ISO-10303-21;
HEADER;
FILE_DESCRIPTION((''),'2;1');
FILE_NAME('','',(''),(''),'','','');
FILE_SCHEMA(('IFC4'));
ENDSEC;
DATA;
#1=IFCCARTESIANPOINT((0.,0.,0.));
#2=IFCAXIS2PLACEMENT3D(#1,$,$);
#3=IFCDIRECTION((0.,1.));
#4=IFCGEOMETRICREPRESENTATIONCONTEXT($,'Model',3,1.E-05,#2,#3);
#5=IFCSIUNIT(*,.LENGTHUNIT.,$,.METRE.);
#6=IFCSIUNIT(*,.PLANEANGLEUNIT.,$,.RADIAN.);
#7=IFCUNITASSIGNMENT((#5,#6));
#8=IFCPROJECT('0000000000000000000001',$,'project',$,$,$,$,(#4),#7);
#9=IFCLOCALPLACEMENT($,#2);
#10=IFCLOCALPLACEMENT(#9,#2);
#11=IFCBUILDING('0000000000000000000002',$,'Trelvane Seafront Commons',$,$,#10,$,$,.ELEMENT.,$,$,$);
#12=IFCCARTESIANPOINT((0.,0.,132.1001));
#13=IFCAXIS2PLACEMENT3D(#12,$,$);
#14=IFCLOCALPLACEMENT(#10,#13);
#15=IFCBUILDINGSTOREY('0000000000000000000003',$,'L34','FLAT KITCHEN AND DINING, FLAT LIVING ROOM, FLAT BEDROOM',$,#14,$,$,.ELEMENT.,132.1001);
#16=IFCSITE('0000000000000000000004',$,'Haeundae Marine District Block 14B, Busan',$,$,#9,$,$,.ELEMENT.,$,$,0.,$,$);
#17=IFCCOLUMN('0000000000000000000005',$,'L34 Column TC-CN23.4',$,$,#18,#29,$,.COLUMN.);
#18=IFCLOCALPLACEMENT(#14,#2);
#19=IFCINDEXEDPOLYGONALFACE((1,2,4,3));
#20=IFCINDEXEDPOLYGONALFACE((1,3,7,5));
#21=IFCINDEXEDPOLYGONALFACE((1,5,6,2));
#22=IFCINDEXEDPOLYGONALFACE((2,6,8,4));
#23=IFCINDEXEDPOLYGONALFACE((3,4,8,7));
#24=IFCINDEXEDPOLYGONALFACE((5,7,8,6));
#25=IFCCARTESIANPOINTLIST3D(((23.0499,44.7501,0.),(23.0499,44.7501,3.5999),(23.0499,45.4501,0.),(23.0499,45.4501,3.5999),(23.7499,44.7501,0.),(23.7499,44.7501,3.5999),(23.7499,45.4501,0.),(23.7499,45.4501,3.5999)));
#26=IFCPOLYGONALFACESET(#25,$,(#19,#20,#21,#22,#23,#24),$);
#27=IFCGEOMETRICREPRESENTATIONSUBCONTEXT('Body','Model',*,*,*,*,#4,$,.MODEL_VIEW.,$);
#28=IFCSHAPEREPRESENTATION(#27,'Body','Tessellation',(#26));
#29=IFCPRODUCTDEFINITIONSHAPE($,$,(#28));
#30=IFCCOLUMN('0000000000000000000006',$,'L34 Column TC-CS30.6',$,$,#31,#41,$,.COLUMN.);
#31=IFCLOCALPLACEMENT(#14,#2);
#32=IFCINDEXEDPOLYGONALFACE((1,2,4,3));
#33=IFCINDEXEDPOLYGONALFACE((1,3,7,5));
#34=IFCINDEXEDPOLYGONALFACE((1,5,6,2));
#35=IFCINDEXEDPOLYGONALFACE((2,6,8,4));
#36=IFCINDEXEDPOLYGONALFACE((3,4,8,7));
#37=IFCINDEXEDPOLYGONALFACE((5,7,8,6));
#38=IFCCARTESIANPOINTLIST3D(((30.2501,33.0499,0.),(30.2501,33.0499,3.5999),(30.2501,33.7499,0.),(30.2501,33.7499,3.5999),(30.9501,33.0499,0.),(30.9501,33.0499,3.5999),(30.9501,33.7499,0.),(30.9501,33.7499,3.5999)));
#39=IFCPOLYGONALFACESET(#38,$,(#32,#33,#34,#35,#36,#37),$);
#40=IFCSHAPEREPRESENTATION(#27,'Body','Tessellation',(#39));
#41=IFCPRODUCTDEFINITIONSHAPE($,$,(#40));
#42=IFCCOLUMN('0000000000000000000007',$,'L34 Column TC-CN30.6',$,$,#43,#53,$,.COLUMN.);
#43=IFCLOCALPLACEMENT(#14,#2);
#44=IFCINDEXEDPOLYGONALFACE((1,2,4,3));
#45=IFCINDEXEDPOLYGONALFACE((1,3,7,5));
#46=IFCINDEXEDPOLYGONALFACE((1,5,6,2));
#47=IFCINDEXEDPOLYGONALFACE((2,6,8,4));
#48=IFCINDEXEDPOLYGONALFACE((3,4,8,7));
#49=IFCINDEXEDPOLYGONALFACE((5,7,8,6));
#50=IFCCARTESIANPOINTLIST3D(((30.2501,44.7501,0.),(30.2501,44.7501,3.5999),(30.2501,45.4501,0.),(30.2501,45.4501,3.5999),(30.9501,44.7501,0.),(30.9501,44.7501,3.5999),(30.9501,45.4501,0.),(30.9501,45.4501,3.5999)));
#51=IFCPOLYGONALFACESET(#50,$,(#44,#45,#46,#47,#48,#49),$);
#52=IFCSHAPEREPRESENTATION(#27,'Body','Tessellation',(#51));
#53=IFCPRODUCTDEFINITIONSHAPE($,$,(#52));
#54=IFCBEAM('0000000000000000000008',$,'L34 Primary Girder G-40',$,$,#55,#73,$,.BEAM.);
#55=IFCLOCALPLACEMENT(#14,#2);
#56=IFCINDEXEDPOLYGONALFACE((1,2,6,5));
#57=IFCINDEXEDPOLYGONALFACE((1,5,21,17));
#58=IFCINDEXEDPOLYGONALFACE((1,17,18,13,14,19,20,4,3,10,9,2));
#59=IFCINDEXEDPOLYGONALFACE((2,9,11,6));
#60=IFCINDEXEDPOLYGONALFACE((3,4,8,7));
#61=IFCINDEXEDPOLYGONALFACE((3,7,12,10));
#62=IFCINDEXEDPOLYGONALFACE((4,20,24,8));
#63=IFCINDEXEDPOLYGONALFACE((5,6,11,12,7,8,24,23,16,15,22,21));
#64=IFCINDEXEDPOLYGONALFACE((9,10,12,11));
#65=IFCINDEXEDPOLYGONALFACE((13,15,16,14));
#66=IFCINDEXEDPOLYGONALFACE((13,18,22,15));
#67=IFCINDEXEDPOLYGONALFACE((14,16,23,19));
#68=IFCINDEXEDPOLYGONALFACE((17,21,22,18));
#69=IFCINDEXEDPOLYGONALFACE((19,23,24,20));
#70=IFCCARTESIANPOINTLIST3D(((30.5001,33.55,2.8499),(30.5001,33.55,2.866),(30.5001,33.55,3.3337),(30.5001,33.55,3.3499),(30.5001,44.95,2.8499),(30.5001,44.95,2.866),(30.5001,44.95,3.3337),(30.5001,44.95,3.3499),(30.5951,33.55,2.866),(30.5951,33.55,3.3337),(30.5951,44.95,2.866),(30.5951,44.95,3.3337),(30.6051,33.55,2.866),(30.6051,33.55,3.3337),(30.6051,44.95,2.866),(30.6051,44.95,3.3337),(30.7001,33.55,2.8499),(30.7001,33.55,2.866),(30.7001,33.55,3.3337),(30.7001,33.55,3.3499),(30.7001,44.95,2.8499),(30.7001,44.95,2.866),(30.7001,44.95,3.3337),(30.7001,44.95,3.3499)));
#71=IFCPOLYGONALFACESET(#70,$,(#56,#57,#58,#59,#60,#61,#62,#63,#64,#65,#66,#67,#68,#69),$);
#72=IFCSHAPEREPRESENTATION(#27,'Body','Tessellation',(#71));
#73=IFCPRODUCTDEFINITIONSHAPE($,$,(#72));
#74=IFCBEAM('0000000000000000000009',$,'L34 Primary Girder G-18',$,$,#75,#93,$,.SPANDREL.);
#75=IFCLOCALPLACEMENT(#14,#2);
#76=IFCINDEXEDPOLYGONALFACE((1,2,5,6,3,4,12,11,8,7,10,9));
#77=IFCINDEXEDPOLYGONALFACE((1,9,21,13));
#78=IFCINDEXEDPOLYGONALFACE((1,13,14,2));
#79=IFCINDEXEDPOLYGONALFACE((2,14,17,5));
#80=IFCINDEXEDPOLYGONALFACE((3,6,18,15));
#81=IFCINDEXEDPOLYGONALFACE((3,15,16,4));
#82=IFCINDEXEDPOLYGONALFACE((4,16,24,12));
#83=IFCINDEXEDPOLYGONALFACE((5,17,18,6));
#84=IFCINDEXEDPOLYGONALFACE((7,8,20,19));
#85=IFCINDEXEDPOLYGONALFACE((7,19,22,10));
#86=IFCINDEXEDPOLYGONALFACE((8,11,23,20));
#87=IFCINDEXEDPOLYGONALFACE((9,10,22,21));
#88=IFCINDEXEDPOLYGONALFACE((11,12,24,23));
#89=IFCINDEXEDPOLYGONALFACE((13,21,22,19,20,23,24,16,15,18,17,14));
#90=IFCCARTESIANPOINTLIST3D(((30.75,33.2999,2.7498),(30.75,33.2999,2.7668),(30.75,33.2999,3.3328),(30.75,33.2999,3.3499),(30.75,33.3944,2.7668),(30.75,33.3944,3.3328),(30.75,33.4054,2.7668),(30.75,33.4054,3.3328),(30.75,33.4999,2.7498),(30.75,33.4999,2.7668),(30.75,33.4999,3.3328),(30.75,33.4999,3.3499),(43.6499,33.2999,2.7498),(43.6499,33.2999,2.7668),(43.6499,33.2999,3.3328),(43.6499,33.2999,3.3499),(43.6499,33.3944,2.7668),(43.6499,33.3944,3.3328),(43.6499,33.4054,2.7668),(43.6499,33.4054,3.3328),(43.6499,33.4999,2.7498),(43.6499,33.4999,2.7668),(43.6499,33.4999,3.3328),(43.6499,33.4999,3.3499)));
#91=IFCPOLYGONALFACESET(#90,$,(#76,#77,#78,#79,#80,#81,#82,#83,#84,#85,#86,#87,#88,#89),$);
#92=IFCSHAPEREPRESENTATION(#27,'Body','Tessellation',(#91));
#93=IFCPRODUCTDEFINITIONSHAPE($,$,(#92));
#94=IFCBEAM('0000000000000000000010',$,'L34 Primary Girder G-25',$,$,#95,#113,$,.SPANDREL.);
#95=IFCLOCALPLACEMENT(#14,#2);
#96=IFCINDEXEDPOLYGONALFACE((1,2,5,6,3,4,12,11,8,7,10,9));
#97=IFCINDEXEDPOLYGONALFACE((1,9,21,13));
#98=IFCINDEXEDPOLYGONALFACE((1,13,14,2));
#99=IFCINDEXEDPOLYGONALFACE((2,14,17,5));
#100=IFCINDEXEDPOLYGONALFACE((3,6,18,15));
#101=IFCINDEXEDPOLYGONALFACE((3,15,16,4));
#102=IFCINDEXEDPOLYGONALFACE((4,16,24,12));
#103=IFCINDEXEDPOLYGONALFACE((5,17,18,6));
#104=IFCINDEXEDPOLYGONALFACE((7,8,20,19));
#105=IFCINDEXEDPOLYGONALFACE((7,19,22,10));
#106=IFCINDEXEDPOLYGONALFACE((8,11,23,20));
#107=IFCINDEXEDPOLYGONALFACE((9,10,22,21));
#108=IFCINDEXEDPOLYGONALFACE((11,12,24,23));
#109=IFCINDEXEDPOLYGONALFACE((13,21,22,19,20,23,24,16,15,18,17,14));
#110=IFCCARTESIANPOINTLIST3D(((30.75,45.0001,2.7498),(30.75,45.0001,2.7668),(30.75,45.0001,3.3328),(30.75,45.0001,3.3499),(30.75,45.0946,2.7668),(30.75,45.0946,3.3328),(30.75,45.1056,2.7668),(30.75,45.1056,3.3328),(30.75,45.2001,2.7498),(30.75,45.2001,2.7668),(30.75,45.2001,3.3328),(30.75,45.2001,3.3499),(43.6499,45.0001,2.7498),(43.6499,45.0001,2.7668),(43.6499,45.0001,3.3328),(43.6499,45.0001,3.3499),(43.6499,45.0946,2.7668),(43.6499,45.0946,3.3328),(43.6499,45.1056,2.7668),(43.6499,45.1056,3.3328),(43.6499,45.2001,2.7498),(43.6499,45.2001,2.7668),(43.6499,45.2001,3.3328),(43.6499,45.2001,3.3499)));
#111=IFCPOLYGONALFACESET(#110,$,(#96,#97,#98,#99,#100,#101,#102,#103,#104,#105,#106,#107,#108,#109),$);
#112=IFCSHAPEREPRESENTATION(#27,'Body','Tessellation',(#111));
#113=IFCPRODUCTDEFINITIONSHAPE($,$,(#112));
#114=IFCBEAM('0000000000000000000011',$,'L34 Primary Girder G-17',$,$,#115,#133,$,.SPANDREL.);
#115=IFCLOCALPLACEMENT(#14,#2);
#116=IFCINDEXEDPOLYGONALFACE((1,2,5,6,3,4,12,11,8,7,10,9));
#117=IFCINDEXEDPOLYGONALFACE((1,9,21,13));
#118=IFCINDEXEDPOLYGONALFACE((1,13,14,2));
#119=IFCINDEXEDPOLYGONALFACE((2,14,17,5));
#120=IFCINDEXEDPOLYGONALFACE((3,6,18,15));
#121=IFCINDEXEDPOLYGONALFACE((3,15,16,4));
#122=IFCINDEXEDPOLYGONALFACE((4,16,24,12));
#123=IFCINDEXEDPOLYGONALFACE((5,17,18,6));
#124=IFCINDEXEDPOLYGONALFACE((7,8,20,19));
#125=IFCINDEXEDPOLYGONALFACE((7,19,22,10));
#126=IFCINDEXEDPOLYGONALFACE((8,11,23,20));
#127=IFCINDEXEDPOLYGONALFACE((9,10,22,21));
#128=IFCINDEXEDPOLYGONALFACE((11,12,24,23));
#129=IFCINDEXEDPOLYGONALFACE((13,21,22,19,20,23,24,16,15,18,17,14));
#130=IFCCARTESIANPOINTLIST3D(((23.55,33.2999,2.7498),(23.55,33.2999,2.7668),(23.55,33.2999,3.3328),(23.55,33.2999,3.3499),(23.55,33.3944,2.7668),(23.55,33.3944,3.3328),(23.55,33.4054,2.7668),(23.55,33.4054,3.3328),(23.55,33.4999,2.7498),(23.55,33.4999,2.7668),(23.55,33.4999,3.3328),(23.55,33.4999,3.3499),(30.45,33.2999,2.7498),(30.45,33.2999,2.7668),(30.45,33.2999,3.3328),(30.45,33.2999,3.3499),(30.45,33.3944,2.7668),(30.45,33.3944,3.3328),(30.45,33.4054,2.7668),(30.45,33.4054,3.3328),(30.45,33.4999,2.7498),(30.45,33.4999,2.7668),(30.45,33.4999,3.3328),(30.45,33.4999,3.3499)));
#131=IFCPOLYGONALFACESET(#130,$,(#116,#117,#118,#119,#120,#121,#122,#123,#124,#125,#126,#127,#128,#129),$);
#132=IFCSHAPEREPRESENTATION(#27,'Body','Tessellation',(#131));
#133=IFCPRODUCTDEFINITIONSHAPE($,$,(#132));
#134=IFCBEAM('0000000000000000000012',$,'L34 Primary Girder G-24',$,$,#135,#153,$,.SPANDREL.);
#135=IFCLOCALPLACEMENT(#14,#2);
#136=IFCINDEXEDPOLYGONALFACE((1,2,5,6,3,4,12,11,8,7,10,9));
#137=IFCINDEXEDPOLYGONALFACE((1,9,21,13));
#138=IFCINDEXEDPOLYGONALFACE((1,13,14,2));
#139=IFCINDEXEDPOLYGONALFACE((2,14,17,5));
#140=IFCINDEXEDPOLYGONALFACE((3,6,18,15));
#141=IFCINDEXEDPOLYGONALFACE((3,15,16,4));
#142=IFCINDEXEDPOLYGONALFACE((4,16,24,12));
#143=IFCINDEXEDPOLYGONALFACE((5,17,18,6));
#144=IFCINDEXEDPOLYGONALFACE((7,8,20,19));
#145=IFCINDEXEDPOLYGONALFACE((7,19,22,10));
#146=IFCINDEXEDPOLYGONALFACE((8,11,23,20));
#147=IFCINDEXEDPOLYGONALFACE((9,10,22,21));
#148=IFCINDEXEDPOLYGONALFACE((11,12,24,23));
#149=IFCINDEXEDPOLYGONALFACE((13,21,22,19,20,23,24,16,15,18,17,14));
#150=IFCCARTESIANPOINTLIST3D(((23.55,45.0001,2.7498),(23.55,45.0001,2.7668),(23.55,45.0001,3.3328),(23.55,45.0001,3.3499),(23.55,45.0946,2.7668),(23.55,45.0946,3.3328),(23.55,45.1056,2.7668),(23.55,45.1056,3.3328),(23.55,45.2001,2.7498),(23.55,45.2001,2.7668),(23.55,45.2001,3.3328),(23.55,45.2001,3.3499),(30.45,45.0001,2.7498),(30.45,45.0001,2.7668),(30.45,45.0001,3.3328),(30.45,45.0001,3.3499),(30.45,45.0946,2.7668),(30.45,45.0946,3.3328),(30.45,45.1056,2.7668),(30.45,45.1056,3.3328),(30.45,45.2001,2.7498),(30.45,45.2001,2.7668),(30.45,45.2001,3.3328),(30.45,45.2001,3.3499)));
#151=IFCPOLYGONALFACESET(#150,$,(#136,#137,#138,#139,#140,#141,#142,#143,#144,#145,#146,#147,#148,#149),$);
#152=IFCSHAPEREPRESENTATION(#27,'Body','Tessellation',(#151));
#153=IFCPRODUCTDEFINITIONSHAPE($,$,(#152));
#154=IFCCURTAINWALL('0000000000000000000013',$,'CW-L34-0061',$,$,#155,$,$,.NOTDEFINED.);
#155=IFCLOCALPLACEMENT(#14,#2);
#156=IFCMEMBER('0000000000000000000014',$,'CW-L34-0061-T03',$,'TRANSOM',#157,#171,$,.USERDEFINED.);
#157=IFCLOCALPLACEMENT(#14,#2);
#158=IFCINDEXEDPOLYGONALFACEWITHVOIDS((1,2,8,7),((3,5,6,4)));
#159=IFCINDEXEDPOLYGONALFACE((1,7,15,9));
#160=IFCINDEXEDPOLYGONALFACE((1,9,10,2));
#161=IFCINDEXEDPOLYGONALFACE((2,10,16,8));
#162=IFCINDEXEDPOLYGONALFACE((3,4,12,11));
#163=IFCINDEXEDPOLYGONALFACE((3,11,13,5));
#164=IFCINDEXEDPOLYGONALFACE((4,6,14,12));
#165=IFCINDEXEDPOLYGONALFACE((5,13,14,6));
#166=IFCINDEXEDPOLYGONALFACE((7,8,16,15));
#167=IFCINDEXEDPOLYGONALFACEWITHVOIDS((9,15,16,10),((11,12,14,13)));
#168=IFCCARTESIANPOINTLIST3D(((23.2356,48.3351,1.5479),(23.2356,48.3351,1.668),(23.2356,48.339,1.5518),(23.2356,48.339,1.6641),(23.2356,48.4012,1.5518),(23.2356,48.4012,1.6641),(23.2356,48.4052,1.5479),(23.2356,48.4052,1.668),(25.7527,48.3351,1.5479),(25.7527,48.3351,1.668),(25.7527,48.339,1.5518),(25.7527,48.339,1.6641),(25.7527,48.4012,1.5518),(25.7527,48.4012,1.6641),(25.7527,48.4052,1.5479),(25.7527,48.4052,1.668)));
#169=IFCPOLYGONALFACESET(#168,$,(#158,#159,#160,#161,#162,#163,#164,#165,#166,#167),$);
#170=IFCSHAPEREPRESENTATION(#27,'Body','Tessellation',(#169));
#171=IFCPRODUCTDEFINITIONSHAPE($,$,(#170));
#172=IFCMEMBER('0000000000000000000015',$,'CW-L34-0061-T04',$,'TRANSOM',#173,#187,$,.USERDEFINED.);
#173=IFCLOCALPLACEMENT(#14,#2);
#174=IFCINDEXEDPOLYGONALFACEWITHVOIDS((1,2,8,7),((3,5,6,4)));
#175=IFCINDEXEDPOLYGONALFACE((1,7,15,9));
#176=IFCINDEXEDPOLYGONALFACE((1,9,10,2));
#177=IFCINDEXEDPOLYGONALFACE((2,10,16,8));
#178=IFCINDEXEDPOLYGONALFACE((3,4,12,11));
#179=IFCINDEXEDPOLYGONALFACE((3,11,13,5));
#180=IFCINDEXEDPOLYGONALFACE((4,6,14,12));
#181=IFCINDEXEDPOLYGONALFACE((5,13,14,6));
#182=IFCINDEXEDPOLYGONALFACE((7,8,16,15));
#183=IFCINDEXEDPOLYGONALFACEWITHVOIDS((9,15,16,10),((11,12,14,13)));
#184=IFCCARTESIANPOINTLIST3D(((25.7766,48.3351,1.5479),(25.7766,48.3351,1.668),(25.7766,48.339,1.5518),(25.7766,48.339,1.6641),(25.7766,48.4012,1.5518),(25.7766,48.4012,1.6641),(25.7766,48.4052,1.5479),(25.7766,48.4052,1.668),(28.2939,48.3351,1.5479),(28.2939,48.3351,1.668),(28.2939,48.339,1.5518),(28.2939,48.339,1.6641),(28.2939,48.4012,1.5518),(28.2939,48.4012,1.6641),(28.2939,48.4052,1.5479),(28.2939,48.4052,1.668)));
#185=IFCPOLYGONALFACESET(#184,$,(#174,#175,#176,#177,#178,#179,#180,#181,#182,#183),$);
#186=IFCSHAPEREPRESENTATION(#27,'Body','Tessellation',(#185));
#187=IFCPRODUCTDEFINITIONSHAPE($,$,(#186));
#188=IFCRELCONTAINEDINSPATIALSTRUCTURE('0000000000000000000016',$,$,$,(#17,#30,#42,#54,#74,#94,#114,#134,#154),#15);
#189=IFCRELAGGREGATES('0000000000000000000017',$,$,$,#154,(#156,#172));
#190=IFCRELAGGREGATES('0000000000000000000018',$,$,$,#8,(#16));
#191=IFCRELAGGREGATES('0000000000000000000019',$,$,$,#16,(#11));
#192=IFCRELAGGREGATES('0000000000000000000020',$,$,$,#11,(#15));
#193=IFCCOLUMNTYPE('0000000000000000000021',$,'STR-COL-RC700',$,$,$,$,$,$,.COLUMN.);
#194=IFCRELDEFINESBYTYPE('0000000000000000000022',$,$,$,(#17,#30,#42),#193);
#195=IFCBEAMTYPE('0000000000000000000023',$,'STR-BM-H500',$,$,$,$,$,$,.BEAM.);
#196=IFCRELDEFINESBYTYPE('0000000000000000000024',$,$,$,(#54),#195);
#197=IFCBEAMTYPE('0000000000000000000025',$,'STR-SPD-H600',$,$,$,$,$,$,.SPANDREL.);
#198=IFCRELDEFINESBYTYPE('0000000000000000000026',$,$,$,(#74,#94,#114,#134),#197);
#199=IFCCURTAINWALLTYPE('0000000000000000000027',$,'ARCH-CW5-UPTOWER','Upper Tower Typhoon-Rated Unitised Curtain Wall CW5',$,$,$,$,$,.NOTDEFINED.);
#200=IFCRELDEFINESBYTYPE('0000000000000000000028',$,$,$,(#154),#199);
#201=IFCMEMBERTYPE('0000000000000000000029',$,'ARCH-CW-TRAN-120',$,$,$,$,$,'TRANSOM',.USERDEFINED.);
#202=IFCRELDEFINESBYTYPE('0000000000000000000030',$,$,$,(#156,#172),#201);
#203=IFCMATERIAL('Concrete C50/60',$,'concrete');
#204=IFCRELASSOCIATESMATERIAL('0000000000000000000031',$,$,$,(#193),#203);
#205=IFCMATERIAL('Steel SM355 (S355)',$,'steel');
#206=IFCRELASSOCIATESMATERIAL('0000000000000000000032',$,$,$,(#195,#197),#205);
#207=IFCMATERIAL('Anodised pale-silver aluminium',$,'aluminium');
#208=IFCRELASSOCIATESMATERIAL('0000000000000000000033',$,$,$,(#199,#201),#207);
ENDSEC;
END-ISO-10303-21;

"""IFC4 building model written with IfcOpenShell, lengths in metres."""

from ifc_helpers import new_model, si_unit, direction, frame, origin, origin_2d, place, context, subcontext, project, spatial, rectangle, hollow_rectangle, i_section, extrude, source, transform, mapped, material, material_profile, profile_set, type_object, element, aggregate, save


model = new_model("IFC4")

# Units and contexts
model_context = context("Model", 3, precision=1e-05, world=origin(), true_north=direction((0.0, 1.0)))
body_context = subcontext(model_context, "Body", "Model", "MODEL_VIEW")
ifc_project = project(units=[si_unit("LENGTHUNIT", "METRE"), si_unit("PLANEANGLEUNIT", "RADIAN")], contexts=[model_context])

# Site, building, storey
site_placement = place(None, origin())
site = spatial("IfcSite", under=ifc_project, at=site_placement, Name="Haeundae Marine District Block 14B, Busan", CompositionType="ELEMENT", RefElevation=0.0)
building_placement = place(site_placement, origin())
building = spatial("IfcBuilding", under=site, at=building_placement, Name="Trelvane Seafront Commons", CompositionType="ELEMENT")
storey_placement = place(building_placement, frame((0.0, 0.0, 132.1001)))
storey = spatial("IfcBuildingStorey", under=building, at=storey_placement, Name="L34", Description="FLAT KITCHEN AND DINING, FLAT LIVING ROOM, FLAT BEDROOM", CompositionType="ELEMENT", Elevation=132.1001)

# Columns
ifc_material_1 = material(Name="Concrete C50/60", Category="concrete")
ifc_material_profile_1 = material_profile(ifc_material_1, rectangle(XDim=0.7, YDim=0.7, at=origin_2d()), Name="RC-700x700")
ifc_profile_set_1 = profile_set([ifc_material_profile_1], Name="Concrete C50/60")
column_type = type_object("IfcColumnType", Name="STR-COL-RC700", PredefinedType="COLUMN", material=ifc_profile_set_1)
shared_shape_1 = source(origin(), body_context, "Body", "SweptSolid", [
    extrude(rectangle(XDim=0.7, YDim=0.7, at=origin_2d()), origin(), (0.0, 0.0, 1.0), 3.5999),
])
for number, where, z_axis, x_axis, name in (
    (1, (23.3999, 45.1001, 0.0), (0.0, 0.0, 1.0), (1.0, 0.0, 0.0), "L34 Column TC-CN23.4"),
    (2, (30.6001, 33.3999, 0.0), (0.0, 0.0, 1.0), (1.0, 0.0, 0.0), "L34 Column TC-CS30.6"),
    (3, (30.6001, 45.1001, 0.0), (0.0, 0.0, 1.0), (1.0, 0.0, 0.0), "L34 Column TC-CN30.6"),
):
    element("IfcColumn", number, at=place(storey_placement, frame(where, z_axis=z_axis, x_axis=x_axis)), inside=storey, type_object=column_type, Name=name, PredefinedType="COLUMN", context=body_context, shape_type="MappedRepresentation", body=[
        mapped(shared_shape_1, transform((0.0, 0.0, 0.0), x_axis=(1.0, 0.0, 0.0), y_axis=(0.0, 1.0, 0.0), z_axis=(0.0, 0.0, 1.0), scale=1.0)),
    ])

# Beams
ifc_material_2 = material(Name="Steel SM355 (S355)", Category="steel")
ifc_material_profile_2 = material_profile(ifc_material_2, i_section(OverallWidth=0.2, OverallDepth=0.5, WebThickness=0.01, FlangeThickness=0.0161, at=origin_2d()), Name="H-500x200x10x16")
ifc_profile_set_2 = profile_set([ifc_material_profile_2], Name="Steel SM355 (S355)")
beam_type_1 = type_object("IfcBeamType", Name="STR-BM-H500", PredefinedType="BEAM", material=ifc_profile_set_2)
shared_shape_2 = source(origin(), body_context, "Body", "SweptSolid", [
    extrude(i_section(OverallWidth=0.2, OverallDepth=0.5, WebThickness=0.01, FlangeThickness=0.0161, at=origin_2d()), origin(), (0.0, 0.0, 1.0), 11.3999),
])
beam_placement = place(storey_placement, frame((30.6001, 33.55, 3.0999), z_axis=(0.0, 1.0, 0.0), x_axis=(-1.0, 0.0, 0.0)))
element("IfcBeam", 4, at=beam_placement, inside=storey, type_object=beam_type_1, Name="L34 Primary Girder G-40", PredefinedType="BEAM", context=body_context, shape_type="MappedRepresentation", body=[
    mapped(shared_shape_2, transform((0.0, 0.0, 0.0), x_axis=(1.0, 0.0, 0.0), y_axis=(0.0, 1.0, 0.0), z_axis=(0.0, 0.0, 1.0), scale=1.0)),
])
ifc_material_profile_3 = material_profile(ifc_material_2, i_section(OverallWidth=0.2, OverallDepth=0.6001, WebThickness=0.011, FlangeThickness=0.0171, at=origin_2d()), Name="H-600x200x11x17")
ifc_profile_set_3 = profile_set([ifc_material_profile_3], Name="Steel SM355 (S355)")
beam_type_2 = type_object("IfcBeamType", Name="STR-SPD-H600", PredefinedType="SPANDREL", material=ifc_profile_set_3)
shared_shape_3 = source(origin(), body_context, "Body", "SweptSolid", [
    extrude(i_section(OverallWidth=0.2, OverallDepth=0.6001, WebThickness=0.011, FlangeThickness=0.0171, at=origin_2d()), origin(), (0.0, 0.0, 1.0), 12.8999),
])
for number, where, z_axis, x_axis, name in (
    (5, (30.75, 33.3999, 3.0498), (1.0, 0.0, 0.0), (0.0, 1.0, 0.0), "L34 Primary Girder G-18"),
    (6, (30.75, 45.1001, 3.0498), (1.0, 0.0, 0.0), (0.0, 1.0, 0.0), "L34 Primary Girder G-25"),
):
    element("IfcBeam", number, at=place(storey_placement, frame(where, z_axis=z_axis, x_axis=x_axis)), inside=storey, type_object=beam_type_2, Name=name, PredefinedType="SPANDREL", context=body_context, shape_type="MappedRepresentation", body=[
        mapped(shared_shape_3, transform((0.0, 0.0, 0.0), x_axis=(1.0, 0.0, 0.0), y_axis=(0.0, 1.0, 0.0), z_axis=(0.0, 0.0, 1.0), scale=1.0)),
    ])
shared_shape_4 = source(origin(), body_context, "Body", "SweptSolid", [
    extrude(i_section(OverallWidth=0.2, OverallDepth=0.6001, WebThickness=0.011, FlangeThickness=0.0171, at=origin_2d()), origin(), (0.0, 0.0, 1.0), 6.8999),
])
for number, where, z_axis, x_axis, name in (
    (7, (23.55, 33.3999, 3.0498), (1.0, 0.0, 0.0), (0.0, 1.0, 0.0), "L34 Primary Girder G-17"),
    (8, (23.55, 45.1001, 3.0498), (1.0, 0.0, 0.0), (0.0, 1.0, 0.0), "L34 Primary Girder G-24"),
):
    element("IfcBeam", number, at=place(storey_placement, frame(where, z_axis=z_axis, x_axis=x_axis)), inside=storey, type_object=beam_type_2, Name=name, PredefinedType="SPANDREL", context=body_context, shape_type="MappedRepresentation", body=[
        mapped(shared_shape_4, transform((0.0, 0.0, 0.0), x_axis=(1.0, 0.0, 0.0), y_axis=(0.0, 1.0, 0.0), z_axis=(0.0, 0.0, 1.0), scale=1.0)),
    ])

# Curtain wall, members
ifc_material_3 = material(Name="Anodised pale-silver aluminium", Category="aluminium")
curtain_wall_type = type_object("IfcCurtainWallType", Name="ARCH-CW5-UPTOWER", Description="Upper Tower Typhoon-Rated Unitised Curtain Wall CW5", PredefinedType="NOTDEFINED", material=ifc_material_3)
curtain_wall_placement = place(storey_placement, origin())
curtain_wall = element("IfcCurtainWall", 9, at=curtain_wall_placement, inside=storey, type_object=curtain_wall_type, Name="CW-L34-0061", PredefinedType="NOTDEFINED")
ifc_material_profile_4 = material_profile(ifc_material_3, hollow_rectangle(XDim=0.0701, YDim=0.1201, WallThickness=0.0039, at=origin_2d()), Name="TRAN-70x120x4")
ifc_profile_set_4 = profile_set([ifc_material_profile_4], Name="Anodised pale-silver aluminium")
member_type_1 = type_object("IfcMemberType", Name="ARCH-CW-TRAN-120", ElementType="TRANSOM", PredefinedType="USERDEFINED", material=ifc_profile_set_4)
shared_shape_5 = source(origin(), body_context, "Body", "SweptSolid", [
    extrude(hollow_rectangle(XDim=0.0701, YDim=0.1201, WallThickness=0.0039, at=origin_2d()), origin(), (0.0, 0.0, 1.0), 2.5171),
])
member_1_placement = place(storey_placement, frame((23.2356, 48.3701, 1.6079), z_axis=(1.0, 0.0, 0.0), x_axis=(0.0, 1.0, 0.0)))
member_1 = element("IfcMember", 10, at=member_1_placement, type_object=member_type_1, Name="CW-L34-0061-T03", ObjectType="TRANSOM", PredefinedType="USERDEFINED", context=body_context, shape_type="MappedRepresentation", body=[
    mapped(shared_shape_5, transform((0.0, 0.0, 0.0), x_axis=(1.0, 0.0, 0.0), y_axis=(0.0, 1.0, 0.0), z_axis=(0.0, 0.0, 1.0), scale=1.0)),
])
shared_shape_6 = source(origin(), body_context, "Body", "SweptSolid", [
    extrude(hollow_rectangle(XDim=0.0701, YDim=0.1201, WallThickness=0.0039, at=origin_2d()), origin(), (0.0, 0.0, 1.0), 2.5173),
])
member_2_placement = place(storey_placement, frame((25.7766, 48.3701, 1.6079), z_axis=(1.0, 0.0, 0.0), x_axis=(0.0, 1.0, 0.0)))
member_2 = element("IfcMember", 11, at=member_2_placement, type_object=member_type_1, Name="CW-L34-0061-T04", ObjectType="TRANSOM", PredefinedType="USERDEFINED", context=body_context, shape_type="MappedRepresentation", body=[
    mapped(shared_shape_6, transform((0.0, 0.0, 0.0), x_axis=(1.0, 0.0, 0.0), y_axis=(0.0, 1.0, 0.0), z_axis=(0.0, 0.0, 1.0), scale=1.0)),
])
aggregate(curtain_wall, [member_1, member_2])

save(model, "model.ifc")
